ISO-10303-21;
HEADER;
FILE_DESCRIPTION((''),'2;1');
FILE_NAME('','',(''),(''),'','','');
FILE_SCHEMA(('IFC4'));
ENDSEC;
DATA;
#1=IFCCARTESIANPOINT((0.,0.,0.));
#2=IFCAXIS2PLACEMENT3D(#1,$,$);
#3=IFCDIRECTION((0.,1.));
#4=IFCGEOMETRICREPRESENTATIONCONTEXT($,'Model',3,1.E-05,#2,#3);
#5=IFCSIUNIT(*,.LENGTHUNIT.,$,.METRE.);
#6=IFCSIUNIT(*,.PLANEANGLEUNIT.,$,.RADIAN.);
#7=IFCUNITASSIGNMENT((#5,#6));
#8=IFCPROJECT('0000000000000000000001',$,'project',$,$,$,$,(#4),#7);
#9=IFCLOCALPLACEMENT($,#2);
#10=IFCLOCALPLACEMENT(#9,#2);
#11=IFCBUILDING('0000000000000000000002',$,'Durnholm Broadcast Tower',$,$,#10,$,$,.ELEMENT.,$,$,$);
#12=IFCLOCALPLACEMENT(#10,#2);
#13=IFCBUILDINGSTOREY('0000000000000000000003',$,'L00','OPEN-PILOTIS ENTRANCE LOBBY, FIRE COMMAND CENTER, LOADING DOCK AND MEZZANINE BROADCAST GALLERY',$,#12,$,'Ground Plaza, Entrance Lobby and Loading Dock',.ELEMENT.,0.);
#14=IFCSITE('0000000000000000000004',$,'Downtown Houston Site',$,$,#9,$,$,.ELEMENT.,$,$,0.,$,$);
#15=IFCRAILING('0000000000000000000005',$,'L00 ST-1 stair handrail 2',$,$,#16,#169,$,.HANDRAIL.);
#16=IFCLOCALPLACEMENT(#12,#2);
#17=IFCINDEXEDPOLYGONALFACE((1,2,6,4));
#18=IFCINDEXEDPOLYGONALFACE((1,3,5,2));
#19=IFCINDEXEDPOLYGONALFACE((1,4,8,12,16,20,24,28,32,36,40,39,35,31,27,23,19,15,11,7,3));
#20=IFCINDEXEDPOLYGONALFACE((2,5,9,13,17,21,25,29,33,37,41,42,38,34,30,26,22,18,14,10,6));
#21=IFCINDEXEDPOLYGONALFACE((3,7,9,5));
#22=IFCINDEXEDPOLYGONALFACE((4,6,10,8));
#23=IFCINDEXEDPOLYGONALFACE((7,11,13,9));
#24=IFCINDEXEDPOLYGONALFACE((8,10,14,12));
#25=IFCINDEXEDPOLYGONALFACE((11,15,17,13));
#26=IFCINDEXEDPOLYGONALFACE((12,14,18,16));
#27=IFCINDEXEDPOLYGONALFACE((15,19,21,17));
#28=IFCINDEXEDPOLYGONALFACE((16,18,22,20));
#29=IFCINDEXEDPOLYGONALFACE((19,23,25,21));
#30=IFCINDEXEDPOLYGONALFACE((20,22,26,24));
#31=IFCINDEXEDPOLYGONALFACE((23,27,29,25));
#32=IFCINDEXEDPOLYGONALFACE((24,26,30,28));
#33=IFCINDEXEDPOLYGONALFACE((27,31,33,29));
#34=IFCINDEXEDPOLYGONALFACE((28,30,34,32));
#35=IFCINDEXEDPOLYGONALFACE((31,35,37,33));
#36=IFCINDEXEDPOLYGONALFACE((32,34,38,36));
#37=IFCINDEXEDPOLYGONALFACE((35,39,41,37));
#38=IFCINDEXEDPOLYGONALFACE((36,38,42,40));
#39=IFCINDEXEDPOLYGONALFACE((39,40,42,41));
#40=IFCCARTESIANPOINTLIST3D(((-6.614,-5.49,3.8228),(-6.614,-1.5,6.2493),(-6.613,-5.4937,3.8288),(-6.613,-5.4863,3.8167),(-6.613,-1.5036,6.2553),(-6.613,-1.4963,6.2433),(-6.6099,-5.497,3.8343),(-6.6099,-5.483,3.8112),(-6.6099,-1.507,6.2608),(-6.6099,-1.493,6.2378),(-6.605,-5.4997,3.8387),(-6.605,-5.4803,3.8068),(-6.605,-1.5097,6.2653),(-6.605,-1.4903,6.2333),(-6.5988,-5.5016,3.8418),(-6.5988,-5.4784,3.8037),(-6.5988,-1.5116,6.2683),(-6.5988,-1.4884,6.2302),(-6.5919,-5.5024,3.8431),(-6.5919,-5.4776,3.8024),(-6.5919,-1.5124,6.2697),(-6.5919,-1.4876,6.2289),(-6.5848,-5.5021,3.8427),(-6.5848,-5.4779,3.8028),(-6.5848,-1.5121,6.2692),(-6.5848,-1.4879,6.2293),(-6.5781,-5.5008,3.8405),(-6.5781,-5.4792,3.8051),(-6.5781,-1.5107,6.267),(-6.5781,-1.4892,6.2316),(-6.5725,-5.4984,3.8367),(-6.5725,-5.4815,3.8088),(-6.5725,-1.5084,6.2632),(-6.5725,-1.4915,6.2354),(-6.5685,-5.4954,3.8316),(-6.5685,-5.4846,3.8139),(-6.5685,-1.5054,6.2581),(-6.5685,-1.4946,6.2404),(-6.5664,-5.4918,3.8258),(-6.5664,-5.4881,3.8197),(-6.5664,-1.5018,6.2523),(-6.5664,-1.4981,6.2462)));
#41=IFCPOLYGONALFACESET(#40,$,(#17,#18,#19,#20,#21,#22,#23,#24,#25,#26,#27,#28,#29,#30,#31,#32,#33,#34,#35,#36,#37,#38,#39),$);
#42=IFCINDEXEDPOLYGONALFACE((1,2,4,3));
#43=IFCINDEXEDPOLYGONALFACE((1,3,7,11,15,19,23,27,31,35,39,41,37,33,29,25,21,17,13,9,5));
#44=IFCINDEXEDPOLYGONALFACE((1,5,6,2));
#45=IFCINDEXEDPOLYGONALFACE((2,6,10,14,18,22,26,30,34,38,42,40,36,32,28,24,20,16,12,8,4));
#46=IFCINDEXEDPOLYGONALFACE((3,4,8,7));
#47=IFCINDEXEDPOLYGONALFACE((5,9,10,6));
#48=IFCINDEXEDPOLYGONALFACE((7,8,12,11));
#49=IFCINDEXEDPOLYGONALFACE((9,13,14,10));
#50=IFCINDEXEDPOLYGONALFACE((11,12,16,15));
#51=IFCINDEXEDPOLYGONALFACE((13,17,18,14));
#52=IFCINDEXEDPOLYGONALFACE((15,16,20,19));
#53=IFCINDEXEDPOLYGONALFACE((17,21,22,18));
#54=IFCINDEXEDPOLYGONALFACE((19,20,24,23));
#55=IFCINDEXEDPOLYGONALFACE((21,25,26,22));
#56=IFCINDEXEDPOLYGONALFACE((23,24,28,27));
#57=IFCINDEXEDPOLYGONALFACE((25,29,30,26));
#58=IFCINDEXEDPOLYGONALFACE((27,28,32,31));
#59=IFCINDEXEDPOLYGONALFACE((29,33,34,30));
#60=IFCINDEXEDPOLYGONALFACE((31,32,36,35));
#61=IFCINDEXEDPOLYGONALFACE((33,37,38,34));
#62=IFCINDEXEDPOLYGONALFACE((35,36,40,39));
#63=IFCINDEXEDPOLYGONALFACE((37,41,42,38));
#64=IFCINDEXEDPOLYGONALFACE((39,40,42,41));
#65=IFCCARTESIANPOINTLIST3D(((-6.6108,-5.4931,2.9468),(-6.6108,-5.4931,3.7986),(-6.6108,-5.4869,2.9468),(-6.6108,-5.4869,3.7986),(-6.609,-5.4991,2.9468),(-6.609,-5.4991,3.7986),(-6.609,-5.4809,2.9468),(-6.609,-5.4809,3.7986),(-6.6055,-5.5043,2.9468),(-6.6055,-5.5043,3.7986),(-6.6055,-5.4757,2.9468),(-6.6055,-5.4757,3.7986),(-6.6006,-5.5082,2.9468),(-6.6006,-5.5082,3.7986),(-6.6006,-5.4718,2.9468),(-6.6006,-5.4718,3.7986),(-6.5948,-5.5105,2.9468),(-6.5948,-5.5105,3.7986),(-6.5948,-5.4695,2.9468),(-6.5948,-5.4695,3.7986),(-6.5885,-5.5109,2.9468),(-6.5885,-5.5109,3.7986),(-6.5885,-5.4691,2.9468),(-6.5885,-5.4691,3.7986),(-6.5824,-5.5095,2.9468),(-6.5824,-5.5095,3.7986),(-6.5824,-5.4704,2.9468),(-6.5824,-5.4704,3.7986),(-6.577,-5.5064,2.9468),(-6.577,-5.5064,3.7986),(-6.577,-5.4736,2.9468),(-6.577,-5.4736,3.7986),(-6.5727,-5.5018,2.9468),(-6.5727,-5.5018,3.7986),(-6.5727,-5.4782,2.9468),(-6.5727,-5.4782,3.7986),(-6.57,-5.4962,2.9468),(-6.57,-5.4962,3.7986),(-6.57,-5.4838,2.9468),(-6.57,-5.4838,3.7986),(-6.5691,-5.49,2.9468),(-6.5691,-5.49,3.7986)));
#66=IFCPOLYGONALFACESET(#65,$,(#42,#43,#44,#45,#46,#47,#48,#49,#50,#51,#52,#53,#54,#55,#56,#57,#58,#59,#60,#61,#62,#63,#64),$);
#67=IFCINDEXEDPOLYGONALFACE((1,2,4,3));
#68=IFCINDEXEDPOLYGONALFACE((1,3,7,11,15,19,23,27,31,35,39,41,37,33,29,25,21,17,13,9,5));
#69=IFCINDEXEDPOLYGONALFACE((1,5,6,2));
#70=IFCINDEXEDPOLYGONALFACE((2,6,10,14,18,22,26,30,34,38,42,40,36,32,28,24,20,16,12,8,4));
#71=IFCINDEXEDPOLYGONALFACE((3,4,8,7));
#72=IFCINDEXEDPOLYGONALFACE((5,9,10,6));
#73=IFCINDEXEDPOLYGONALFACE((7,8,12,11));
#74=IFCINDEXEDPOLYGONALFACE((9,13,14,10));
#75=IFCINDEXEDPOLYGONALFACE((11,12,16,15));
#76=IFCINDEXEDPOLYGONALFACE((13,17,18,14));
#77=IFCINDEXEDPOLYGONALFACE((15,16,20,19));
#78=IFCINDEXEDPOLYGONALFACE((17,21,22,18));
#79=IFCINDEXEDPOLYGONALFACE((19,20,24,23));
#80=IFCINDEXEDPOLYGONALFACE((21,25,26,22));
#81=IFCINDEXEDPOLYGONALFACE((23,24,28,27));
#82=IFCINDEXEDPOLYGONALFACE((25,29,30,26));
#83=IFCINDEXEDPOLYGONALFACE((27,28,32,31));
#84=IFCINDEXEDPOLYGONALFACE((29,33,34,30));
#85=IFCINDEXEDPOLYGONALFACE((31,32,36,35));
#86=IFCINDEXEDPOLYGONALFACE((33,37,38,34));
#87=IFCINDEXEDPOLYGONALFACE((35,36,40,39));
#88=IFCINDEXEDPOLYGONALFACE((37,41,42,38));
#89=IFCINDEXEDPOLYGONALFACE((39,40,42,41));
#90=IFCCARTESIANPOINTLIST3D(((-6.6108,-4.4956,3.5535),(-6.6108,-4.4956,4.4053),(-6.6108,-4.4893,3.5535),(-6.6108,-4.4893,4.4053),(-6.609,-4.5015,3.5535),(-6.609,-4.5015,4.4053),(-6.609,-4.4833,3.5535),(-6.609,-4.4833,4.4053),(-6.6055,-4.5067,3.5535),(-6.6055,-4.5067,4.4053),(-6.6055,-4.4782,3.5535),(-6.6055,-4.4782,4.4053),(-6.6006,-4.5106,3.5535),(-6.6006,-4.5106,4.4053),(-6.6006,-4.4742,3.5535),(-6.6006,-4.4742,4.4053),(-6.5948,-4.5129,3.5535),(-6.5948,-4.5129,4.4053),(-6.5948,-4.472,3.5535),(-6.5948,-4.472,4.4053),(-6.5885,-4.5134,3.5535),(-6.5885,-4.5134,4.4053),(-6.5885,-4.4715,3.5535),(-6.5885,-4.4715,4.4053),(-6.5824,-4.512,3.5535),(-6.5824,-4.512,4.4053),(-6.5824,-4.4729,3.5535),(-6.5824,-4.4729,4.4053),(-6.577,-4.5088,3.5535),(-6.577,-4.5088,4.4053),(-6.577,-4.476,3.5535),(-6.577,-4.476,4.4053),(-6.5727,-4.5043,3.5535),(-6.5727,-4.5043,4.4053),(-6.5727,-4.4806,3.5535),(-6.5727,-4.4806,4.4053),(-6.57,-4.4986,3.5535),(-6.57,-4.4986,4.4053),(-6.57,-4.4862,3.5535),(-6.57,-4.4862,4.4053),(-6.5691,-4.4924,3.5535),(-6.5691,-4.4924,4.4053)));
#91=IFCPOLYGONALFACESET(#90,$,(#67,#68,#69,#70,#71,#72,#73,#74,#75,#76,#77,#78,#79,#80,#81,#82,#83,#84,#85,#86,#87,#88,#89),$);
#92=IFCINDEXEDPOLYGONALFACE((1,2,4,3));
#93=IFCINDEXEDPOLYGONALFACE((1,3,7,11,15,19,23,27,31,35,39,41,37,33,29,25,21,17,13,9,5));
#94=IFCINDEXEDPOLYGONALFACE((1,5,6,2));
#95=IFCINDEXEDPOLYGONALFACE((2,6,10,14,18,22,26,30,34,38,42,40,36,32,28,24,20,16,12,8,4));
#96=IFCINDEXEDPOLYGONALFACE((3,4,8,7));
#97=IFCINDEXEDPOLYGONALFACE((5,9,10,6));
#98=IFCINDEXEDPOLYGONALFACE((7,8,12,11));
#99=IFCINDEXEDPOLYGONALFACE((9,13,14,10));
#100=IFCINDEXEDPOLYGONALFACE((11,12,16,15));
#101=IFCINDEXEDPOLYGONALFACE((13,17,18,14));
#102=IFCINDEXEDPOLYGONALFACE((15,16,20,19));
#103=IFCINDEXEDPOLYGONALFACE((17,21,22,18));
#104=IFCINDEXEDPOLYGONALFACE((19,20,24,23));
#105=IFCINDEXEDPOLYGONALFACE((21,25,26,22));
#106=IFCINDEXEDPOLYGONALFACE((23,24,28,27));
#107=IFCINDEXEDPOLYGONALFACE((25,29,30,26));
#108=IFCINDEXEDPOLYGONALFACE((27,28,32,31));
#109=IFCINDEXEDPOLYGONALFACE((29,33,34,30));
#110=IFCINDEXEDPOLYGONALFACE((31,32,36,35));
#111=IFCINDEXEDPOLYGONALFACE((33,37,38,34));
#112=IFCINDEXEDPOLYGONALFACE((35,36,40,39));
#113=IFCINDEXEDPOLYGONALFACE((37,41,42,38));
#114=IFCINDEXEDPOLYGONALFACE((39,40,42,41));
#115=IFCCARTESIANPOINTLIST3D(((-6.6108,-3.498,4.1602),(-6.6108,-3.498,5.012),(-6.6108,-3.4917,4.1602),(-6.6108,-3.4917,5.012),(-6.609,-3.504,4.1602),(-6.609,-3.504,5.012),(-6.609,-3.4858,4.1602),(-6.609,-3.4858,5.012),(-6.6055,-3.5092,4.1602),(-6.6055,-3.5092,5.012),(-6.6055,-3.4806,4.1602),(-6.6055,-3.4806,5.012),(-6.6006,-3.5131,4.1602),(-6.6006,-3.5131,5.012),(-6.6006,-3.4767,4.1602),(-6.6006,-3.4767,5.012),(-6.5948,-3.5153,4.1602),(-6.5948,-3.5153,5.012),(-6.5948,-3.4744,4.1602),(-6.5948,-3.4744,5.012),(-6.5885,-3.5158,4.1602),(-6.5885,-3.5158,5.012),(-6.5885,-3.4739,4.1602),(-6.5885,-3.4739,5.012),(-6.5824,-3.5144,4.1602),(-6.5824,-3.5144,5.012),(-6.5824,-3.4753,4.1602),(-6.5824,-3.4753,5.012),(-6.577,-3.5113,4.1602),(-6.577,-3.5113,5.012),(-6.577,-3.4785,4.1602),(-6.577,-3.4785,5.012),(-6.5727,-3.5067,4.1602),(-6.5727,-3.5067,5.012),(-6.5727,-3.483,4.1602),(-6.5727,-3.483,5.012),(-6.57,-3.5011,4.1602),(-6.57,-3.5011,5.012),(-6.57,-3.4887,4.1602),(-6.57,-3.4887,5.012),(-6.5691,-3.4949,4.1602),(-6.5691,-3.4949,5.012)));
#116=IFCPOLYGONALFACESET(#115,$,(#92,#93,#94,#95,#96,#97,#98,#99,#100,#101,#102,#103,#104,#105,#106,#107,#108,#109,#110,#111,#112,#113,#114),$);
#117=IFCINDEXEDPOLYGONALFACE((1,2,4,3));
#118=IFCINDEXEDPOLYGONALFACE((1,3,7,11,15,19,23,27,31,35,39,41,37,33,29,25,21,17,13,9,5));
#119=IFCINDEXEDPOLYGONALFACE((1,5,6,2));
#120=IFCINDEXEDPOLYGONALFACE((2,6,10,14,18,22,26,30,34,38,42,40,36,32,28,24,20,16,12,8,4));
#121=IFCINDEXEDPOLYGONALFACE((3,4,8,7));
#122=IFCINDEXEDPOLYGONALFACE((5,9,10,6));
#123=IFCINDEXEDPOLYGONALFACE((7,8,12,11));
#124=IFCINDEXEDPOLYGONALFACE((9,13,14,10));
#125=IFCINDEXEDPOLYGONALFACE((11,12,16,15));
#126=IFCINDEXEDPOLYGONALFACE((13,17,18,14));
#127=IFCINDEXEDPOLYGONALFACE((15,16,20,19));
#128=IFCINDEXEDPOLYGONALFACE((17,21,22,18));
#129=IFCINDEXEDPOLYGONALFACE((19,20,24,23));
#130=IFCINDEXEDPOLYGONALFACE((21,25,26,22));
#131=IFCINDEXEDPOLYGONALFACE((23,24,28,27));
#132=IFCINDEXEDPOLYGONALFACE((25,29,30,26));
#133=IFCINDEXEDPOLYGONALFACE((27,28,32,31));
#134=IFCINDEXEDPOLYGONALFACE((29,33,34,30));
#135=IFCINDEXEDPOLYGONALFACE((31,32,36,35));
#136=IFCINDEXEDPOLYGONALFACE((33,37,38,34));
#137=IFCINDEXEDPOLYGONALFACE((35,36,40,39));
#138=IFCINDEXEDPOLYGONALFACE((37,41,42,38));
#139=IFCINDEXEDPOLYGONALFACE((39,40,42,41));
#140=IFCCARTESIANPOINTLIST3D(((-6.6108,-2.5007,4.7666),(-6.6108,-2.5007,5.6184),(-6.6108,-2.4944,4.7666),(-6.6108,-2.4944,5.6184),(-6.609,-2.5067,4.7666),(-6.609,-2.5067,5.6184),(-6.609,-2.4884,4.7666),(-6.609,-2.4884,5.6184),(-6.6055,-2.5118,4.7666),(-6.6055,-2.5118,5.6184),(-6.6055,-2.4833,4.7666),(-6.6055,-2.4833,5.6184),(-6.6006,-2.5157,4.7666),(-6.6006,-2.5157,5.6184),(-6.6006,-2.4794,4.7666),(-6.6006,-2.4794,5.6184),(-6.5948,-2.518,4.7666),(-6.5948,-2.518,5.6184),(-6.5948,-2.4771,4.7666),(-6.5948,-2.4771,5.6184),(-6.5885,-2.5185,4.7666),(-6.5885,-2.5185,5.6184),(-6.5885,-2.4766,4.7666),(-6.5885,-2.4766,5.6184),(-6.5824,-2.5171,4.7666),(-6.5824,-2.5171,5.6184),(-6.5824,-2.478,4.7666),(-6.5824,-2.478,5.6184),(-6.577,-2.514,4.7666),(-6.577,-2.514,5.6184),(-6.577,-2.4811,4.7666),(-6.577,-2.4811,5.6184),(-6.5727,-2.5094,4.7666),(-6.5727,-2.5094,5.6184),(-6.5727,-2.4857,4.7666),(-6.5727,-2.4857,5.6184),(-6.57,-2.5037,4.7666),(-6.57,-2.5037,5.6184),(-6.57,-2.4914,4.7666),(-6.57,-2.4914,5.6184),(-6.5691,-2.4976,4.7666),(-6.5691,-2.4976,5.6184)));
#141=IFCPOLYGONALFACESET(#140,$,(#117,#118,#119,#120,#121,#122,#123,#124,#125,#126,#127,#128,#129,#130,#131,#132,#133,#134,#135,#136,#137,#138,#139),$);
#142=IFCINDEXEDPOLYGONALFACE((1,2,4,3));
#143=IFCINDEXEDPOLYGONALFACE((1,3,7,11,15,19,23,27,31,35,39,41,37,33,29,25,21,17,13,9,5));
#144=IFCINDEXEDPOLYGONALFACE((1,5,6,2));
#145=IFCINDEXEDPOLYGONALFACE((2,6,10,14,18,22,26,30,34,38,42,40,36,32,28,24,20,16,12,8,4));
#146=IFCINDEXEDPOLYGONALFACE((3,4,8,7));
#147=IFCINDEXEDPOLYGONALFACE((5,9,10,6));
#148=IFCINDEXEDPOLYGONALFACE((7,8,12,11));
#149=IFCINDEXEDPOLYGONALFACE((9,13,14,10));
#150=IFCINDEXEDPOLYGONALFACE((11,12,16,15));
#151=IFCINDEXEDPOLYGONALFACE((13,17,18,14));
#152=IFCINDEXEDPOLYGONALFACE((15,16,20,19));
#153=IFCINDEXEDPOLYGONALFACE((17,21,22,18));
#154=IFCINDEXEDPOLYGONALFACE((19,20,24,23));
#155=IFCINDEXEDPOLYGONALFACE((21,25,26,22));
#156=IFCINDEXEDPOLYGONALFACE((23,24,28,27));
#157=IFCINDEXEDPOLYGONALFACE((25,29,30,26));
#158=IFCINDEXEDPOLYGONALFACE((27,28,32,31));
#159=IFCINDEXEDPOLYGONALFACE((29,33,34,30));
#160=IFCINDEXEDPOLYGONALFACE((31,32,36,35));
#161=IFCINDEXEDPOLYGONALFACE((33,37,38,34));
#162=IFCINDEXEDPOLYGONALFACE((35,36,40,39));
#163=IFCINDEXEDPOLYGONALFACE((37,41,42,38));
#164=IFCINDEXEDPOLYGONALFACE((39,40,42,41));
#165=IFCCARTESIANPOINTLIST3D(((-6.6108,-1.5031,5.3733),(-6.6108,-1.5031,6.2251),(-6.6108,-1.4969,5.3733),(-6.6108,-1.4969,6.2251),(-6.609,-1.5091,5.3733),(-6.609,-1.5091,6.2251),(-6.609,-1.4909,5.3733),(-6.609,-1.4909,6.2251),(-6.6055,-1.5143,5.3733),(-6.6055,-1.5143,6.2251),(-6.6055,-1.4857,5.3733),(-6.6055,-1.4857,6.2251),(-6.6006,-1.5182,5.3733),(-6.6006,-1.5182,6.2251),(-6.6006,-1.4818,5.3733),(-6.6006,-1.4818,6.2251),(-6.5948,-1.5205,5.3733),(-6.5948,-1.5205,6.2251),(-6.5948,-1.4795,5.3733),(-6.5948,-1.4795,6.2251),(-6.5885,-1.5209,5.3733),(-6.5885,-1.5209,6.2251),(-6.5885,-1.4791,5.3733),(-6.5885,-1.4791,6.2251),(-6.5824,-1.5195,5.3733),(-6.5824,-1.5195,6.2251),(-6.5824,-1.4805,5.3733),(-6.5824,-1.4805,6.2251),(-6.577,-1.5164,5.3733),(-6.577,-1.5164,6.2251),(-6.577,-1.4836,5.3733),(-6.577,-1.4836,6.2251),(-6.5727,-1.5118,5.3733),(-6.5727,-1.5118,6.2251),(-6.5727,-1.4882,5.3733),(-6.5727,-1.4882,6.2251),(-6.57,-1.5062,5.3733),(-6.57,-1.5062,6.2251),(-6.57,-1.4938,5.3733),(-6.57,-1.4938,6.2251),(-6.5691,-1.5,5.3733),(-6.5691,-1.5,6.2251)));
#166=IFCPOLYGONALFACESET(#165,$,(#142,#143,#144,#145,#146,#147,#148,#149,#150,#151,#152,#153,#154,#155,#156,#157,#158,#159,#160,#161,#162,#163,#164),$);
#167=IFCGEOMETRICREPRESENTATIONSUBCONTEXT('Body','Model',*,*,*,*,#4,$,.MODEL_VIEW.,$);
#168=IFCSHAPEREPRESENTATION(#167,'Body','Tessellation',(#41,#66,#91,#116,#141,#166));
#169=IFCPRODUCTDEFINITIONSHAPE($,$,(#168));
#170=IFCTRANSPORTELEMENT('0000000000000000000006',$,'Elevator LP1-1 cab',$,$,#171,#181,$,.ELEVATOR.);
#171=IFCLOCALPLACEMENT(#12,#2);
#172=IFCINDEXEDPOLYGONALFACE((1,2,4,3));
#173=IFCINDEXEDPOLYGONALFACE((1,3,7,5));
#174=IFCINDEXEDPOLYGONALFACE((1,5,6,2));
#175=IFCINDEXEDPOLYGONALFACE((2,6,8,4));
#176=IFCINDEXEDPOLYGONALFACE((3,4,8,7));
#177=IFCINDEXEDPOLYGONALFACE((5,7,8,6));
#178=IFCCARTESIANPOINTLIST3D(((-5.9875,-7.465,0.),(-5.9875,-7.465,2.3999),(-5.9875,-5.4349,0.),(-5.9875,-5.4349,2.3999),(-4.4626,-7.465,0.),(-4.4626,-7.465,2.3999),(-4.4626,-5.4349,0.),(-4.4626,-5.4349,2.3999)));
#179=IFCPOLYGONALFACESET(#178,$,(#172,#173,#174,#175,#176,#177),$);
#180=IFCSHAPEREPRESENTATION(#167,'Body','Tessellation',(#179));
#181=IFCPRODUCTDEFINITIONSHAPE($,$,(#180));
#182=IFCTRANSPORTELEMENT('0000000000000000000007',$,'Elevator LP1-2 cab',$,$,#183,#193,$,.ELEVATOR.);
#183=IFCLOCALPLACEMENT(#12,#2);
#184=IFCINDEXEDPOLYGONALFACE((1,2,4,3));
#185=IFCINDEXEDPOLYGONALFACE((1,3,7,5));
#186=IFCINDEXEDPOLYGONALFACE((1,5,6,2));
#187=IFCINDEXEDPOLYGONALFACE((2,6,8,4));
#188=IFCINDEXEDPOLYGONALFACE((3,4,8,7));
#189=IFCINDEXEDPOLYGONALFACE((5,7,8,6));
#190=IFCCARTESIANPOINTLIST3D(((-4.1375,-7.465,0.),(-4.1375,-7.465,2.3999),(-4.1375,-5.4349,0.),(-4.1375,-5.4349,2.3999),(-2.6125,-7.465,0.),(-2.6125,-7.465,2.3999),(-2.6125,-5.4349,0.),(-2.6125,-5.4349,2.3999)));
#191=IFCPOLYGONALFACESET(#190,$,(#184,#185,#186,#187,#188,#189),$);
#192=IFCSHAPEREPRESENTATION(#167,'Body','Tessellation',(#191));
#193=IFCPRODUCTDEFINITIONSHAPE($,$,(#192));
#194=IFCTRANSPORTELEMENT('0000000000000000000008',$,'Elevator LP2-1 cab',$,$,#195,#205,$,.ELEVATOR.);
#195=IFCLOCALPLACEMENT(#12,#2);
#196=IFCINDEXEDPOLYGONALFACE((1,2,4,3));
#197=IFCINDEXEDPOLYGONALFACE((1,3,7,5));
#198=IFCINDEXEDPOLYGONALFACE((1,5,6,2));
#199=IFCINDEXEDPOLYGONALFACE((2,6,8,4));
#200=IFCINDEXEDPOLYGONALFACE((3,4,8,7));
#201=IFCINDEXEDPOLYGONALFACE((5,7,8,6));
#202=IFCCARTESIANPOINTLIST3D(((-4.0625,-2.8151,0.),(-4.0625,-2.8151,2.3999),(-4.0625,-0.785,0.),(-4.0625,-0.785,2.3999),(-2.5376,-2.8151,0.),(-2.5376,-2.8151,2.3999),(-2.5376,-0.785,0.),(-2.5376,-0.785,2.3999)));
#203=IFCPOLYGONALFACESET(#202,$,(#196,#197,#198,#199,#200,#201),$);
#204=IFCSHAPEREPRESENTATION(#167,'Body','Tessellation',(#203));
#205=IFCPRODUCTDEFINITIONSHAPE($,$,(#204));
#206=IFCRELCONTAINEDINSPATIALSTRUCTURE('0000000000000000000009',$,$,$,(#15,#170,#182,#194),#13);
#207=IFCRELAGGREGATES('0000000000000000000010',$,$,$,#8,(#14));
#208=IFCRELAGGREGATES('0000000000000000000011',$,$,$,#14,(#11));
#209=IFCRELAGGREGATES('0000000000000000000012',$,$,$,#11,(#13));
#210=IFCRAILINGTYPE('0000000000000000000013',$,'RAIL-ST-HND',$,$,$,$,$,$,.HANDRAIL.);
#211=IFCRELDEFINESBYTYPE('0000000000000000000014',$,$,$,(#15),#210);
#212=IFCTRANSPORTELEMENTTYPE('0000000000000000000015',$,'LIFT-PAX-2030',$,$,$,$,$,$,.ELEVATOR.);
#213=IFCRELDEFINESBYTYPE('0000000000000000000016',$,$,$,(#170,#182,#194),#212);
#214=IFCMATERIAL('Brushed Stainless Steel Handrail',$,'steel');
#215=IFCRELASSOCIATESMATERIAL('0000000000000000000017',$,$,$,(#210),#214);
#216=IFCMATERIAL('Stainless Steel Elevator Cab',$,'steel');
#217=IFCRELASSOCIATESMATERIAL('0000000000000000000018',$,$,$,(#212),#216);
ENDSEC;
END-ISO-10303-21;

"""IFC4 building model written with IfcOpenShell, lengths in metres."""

from ifc_helpers import new_model, si_unit, direction, frame, origin, origin_2d, place, context, subcontext, project, spatial, rectangle, circle, extrude, material, type_object, element, save


model = new_model("IFC4")

# Units and contexts
model_context = context("Model", 3, precision=1e-05, world=origin(), true_north=direction((0.0, 1.0)))
body_context = subcontext(model_context, "Body", "Model", "MODEL_VIEW")
ifc_project = project(units=[si_unit("LENGTHUNIT", "METRE"), si_unit("PLANEANGLEUNIT", "RADIAN")], contexts=[model_context])

# Site, building, storey
site_placement = place(None, origin())
site = spatial("IfcSite", under=ifc_project, at=site_placement, Name="Downtown Houston Site", CompositionType="ELEMENT", RefElevation=0.0)
building_placement = place(site_placement, origin())
building = spatial("IfcBuilding", under=site, at=building_placement, Name="Durnholm Broadcast Tower", CompositionType="ELEMENT")
storey_placement = place(building_placement, origin())
storey = spatial("IfcBuildingStorey", under=building, at=storey_placement, Name="L00", Description="OPEN-PILOTIS ENTRANCE LOBBY, FIRE COMMAND CENTER, LOADING DOCK AND MEZZANINE BROADCAST GALLERY", LongName="Ground Plaza, Entrance Lobby and Loading Dock", CompositionType="ELEMENT", Elevation=0.0)

# Railing
ifc_material_1 = material(Name="Brushed Stainless Steel Handrail", Category="steel")
railing_type_1 = type_object("IfcRailingType", Name="RAIL-ST-HND", PredefinedType="HANDRAIL", material=ifc_material_1)
railing_1_placement = place(storey_placement, frame((-6.5901, -5.49, 2.9468)))
element("IfcRailing", 1, at=railing_1_placement, inside=storey, type_object=railing_type_1, Name="L00 ST-1 stair handrail 2", PredefinedType="HANDRAIL", context=body_context, shape_type="SweptSolid", body=[
    extrude(circle(Radius=0.0239, at=origin_2d()), frame((0.0, 0.0, 0.876), z_axis=(0.0, 0.854405, 0.519607), x_axis=(-1.0, 0.0, 0.0)), (0.0, 0.0, 1.0), 4.6699),
    extrude(circle(Radius=0.021, at=origin_2d()), origin(), (0.0, 0.0, 1.0), 0.8518),
    extrude(circle(Radius=0.021, at=origin_2d()), frame((0.0, 0.9976, 0.6067)), (0.0, 0.0, 1.0), 0.8518),
    extrude(circle(Radius=0.021, at=origin_2d()), frame((0.0, 1.9951, 1.2134)), (0.0, 0.0, 1.0), 0.8518),
    extrude(circle(Radius=0.021, at=origin_2d()), frame((0.0, 2.9924, 1.8198)), (0.0, 0.0, 1.0), 0.8518),
    extrude(circle(Radius=0.021, at=origin_2d()), frame((0.0, 3.99, 2.4265)), (0.0, 0.0, 1.0), 0.8518),
])

# Transport elements
ifc_material_2 = material(Name="Stainless Steel Elevator Cab", Category="steel")
transport_element_type = type_object("IfcTransportElementType", Name="LIFT-PAX-2030", PredefinedType="ELEVATOR", material=ifc_material_2)
for number, where, z_axis, x_axis, name in (
    (2, (-5.2251, -6.45, 0.0), (0.0, 0.0, 1.0), (0.0, 1.0, 0.0), "Elevator LP1-1 cab"),
    (3, (-3.375, -6.45, 0.0), (0.0, 0.0, 1.0), (0.0, 1.0, 0.0), "Elevator LP1-2 cab"),
    (4, (-3.3, -1.8, 0.0), (0.0, 0.0, 1.0), (0.0, 1.0, 0.0), "Elevator LP2-1 cab"),
):
    element("IfcTransportElement", number, at=place(storey_placement, frame(where, z_axis=z_axis, x_axis=x_axis)), inside=storey, type_object=transport_element_type, Name=name, PredefinedType="ELEVATOR", context=body_context, shape_type="SweptSolid", body=[
        extrude(rectangle(XDim=2.03, YDim=1.5249, at=origin_2d()), origin(), (0.0, 0.0, 1.0), 2.3999),
    ])

save(model, "model.ifc")
